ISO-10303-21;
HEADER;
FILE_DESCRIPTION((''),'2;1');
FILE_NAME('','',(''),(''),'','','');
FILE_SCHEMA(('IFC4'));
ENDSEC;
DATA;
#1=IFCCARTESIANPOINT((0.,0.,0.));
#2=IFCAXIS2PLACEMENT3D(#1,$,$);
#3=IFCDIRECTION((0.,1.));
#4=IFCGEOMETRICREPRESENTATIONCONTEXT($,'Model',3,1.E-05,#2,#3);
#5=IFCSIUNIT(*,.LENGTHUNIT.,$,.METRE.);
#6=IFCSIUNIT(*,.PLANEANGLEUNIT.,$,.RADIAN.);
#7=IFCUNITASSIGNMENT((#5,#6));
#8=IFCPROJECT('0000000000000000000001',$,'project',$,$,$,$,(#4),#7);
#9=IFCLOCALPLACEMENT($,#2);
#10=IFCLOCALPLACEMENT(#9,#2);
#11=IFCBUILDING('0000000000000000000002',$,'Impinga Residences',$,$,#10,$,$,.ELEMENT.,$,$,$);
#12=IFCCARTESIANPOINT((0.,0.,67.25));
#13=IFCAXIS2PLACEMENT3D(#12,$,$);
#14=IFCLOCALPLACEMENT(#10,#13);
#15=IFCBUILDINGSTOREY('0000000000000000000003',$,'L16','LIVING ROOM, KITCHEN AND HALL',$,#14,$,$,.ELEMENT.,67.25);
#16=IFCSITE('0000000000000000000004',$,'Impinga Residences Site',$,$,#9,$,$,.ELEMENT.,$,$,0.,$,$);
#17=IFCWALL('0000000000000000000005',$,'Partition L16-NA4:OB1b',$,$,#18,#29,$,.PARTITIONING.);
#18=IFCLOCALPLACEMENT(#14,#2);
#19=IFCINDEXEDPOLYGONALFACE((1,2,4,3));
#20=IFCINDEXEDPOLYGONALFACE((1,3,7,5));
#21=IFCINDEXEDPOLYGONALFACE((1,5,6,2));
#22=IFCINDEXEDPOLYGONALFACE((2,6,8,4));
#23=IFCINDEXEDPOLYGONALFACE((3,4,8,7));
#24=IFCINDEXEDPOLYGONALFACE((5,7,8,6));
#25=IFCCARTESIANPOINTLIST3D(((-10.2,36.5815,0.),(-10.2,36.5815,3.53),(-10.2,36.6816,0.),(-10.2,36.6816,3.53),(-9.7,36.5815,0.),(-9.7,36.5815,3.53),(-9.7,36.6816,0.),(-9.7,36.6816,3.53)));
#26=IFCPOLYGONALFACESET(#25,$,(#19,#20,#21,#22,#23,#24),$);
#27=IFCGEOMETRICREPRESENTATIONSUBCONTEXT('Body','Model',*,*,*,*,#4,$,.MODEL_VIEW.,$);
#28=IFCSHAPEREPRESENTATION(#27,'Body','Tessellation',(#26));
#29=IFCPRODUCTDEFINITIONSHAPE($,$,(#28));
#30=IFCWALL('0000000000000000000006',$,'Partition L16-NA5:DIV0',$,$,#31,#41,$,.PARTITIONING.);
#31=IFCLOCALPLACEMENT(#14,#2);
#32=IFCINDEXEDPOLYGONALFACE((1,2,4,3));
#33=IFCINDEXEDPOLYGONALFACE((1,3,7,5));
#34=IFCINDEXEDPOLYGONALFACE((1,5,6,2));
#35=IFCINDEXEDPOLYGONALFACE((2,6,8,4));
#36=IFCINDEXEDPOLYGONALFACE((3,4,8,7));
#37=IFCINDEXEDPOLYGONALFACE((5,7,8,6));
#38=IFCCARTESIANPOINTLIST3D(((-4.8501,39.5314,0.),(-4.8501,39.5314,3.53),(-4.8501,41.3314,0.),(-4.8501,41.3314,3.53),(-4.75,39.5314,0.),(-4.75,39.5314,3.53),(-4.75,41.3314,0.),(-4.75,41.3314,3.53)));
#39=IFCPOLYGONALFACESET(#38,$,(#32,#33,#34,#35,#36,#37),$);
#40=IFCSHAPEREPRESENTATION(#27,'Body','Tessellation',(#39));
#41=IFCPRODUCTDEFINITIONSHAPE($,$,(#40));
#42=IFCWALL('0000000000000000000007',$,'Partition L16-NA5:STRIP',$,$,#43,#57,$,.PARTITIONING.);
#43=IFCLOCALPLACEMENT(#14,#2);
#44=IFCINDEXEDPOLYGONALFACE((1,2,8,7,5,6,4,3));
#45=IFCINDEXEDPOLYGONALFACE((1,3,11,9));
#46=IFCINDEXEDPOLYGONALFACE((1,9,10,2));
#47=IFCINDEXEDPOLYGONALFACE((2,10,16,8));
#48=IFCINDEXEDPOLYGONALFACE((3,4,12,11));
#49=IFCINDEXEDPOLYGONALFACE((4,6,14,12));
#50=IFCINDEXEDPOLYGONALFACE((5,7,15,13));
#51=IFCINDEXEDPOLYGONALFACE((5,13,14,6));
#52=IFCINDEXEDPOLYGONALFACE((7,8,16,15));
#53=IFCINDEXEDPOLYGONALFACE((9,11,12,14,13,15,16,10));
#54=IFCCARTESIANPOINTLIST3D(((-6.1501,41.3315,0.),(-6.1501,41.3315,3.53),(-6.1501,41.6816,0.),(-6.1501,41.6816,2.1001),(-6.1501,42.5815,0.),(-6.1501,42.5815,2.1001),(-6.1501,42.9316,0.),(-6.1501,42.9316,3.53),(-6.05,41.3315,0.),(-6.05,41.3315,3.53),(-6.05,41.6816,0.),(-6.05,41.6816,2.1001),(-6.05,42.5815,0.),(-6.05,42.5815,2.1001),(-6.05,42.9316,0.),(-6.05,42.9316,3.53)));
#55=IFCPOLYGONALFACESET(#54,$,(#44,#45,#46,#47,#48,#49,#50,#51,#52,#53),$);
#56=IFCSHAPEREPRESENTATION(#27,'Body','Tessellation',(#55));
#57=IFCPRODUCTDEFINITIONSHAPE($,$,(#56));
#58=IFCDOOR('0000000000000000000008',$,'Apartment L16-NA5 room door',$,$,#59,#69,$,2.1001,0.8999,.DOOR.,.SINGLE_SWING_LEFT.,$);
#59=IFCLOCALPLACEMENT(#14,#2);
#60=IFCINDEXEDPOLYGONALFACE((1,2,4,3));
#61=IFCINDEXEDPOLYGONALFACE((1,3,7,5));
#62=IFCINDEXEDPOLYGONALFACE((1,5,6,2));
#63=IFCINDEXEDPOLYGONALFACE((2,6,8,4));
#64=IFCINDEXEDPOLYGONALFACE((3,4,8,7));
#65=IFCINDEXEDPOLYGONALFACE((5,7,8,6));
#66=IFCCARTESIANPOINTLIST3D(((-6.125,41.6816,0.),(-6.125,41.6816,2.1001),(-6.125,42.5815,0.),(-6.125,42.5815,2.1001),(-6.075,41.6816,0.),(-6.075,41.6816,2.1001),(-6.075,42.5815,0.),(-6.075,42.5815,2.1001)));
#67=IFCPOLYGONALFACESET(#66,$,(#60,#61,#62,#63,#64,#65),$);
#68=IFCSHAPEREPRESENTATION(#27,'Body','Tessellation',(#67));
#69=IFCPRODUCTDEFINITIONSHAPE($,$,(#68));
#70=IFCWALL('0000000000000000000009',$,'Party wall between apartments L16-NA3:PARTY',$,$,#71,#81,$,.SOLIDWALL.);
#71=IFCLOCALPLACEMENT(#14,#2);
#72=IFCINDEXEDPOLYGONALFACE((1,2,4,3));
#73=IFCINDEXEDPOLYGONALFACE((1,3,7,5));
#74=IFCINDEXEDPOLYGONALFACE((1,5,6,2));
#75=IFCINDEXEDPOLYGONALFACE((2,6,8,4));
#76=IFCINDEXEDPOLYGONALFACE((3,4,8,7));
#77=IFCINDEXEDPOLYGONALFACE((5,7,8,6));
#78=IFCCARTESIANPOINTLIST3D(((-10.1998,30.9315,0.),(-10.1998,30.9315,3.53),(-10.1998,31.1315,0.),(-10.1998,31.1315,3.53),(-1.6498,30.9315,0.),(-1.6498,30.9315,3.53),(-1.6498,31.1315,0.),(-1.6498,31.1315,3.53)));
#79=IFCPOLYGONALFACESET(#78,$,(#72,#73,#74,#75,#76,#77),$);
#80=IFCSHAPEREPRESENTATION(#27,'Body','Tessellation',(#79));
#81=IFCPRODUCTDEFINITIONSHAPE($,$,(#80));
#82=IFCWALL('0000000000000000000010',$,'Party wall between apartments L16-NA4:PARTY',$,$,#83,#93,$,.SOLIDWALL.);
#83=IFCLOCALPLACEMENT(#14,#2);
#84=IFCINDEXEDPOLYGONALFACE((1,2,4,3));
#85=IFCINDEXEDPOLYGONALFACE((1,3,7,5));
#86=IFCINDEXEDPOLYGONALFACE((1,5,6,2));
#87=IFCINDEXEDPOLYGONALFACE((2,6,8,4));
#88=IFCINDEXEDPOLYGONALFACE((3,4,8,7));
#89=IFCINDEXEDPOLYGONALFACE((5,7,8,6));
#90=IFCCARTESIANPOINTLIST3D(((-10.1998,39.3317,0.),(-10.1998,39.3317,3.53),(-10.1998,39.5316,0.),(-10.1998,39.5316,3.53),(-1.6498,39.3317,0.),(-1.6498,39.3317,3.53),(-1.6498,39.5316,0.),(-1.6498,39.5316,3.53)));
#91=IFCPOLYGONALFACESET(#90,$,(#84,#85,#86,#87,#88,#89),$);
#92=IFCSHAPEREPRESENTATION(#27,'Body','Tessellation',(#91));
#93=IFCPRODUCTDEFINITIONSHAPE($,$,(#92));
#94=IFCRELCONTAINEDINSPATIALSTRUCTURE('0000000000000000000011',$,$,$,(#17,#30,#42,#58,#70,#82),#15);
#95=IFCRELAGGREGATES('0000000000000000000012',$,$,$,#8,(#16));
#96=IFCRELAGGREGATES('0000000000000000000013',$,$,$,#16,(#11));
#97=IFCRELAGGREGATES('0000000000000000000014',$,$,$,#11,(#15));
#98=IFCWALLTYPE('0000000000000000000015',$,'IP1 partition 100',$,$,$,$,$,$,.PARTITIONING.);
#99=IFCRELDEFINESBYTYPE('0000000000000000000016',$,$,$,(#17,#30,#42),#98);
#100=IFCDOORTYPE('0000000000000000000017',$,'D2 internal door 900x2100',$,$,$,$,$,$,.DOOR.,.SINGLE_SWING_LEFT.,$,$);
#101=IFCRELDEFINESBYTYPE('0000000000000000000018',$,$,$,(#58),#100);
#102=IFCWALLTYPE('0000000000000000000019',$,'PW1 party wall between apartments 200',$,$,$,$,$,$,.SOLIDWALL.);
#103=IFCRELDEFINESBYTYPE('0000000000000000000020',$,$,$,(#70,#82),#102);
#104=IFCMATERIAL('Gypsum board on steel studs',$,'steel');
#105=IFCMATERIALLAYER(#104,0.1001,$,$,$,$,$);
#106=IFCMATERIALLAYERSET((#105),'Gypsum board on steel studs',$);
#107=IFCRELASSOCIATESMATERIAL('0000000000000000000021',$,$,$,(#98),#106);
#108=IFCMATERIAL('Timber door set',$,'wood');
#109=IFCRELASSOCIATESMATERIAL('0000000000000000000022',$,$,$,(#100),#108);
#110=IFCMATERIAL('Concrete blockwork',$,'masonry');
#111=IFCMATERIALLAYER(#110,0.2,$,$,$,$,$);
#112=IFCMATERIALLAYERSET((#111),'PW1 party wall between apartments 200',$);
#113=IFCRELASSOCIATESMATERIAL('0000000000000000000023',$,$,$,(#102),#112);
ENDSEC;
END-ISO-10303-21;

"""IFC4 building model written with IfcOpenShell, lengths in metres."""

from ifc_helpers import new_model, si_unit, direction, frame, frame_2d, origin, place, context, subcontext, project, spatial, rectangle, extrude, material, layer, layer_set, type_object, element, fill, save


model = new_model("IFC4")

# Units and contexts
model_context = context("Model", 3, precision=1e-05, world=origin(), true_north=direction((0.0, 1.0)))
body_context = subcontext(model_context, "Body", "Model", "MODEL_VIEW")
ifc_project = project(units=[si_unit("LENGTHUNIT", "METRE"), si_unit("PLANEANGLEUNIT", "RADIAN")], contexts=[model_context])

# Site, building, storey
site_placement = place(None, origin())
site = spatial("IfcSite", under=ifc_project, at=site_placement, Name="Impinga Residences Site", CompositionType="ELEMENT", RefElevation=0.0)
building_placement = place(site_placement, origin())
building = spatial("IfcBuilding", under=site, at=building_placement, Name="Impinga Residences", CompositionType="ELEMENT")
storey_placement = place(building_placement, frame((0.0, 0.0, 67.25)))
storey = spatial("IfcBuildingStorey", under=building, at=storey_placement, Name="L16", Description="LIVING ROOM, KITCHEN AND HALL", CompositionType="ELEMENT", Elevation=67.25)

# Shared definitions
ifc_material_1 = material(Name="Gypsum board on steel studs", Category="steel")
ifc_layer_1 = layer(ifc_material_1, 0.1001)
ifc_layer_set_1 = layer_set([ifc_layer_1], Name="Gypsum board on steel studs")
wall_type_1 = type_object("IfcWallType", Name="IP1 partition 100", PredefinedType="PARTITIONING", material=ifc_layer_set_1)

# Shared definitions
ifc_material_2 = material(Name="Timber door set", Category="wood")
door_type = type_object("IfcDoorType", Name="D2 internal door 900x2100", OperationType="SINGLE_SWING_LEFT", PredefinedType="DOOR", material=ifc_material_2)

# Walls
wall_1_placement = place(storey_placement, frame((-9.7, 36.6316, 0.0), z_axis=(0.0, 0.0, 1.0), x_axis=(-1.0, 0.0, 0.0)))
element("IfcWall", 1, at=wall_1_placement, inside=storey, type_object=wall_type_1, Name="Partition L16-NA4:OB1b", PredefinedType="PARTITIONING", context=body_context, shape_type="SweptSolid", body=[
    extrude(rectangle(XDim=0.5, YDim=0.1001, at=frame_2d((0.25, 0.0))), origin(), (0.0, 0.0, 1.0), 3.53),
])
wall_2_placement = place(storey_placement, frame((-4.8, 39.5315, 0.0), z_axis=(0.0, 0.0, 1.0), x_axis=(0.0, 1.0, 0.0)))
element("IfcWall", 2, at=wall_2_placement, inside=storey, type_object=wall_type_1, Name="Partition L16-NA5:DIV0", PredefinedType="PARTITIONING", context=body_context, shape_type="SweptSolid", body=[
    extrude(rectangle(XDim=1.8, YDim=0.1001, at=frame_2d((0.8999, 0.0))), origin(), (0.0, 0.0, 1.0), 3.53),
])

# Wall, opening, door
wall_3_placement = place(storey_placement, frame((-6.1001, 41.3315, 0.0), z_axis=(0.0, 0.0, 1.0), x_axis=(0.0, 1.0, 0.0)))
wall_3 = element("IfcWall", 3, at=wall_3_placement, inside=storey, type_object=wall_type_1, Name="Partition L16-NA5:STRIP", PredefinedType="PARTITIONING", context=body_context, shape_type="SweptSolid", body=[
    extrude(rectangle(XDim=1.6001, YDim=0.1001, at=frame_2d((0.8, 0.0))), origin(), (0.0, 0.0, 1.0), 3.53),
])
opening_1_placement = place(wall_3_placement, frame((0.3501, 0.0, 0.0)))
opening_1 = element("IfcOpeningElement", 4, at=opening_1_placement, cuts=wall_3, PredefinedType="OPENING", context=body_context, shape_type="SweptSolid", body=[
    extrude(rectangle(XDim=0.8999, YDim=2.1001, at=frame_2d((0.45, 1.05))), frame((0.0, 0.0601, 0.0), z_axis=(0.0, -1.0, 0.0), x_axis=(1.0, 0.0, 0.0)), (0.0, 0.0, 1.0), 0.1201),
])
door_1_placement = place(opening_1_placement, origin())
door_1 = element("IfcDoor", 5, at=door_1_placement, inside=storey, type_object=door_type, Name="Apartment L16-NA5 room door", OperationType="SINGLE_SWING_LEFT", OverallHeight=2.1001, OverallWidth=0.8999, PredefinedType="DOOR", context=body_context, shape_type="SweptSolid", body=[
    extrude(rectangle(XDim=0.8999, YDim=2.1001, at=frame_2d((0.45, 1.05))), frame((0.0, 0.0249, 0.0), z_axis=(0.0, -1.0, 0.0), x_axis=(1.0, 0.0, 0.0)), (0.0, 0.0, 1.0), 0.05),
])
fill(opening_1, door_1)

# Walls
ifc_material_3 = material(Name="Concrete blockwork", Category="masonry")
ifc_layer_2 = layer(ifc_material_3, 0.2)
ifc_layer_set_2 = layer_set([ifc_layer_2], Name="PW1 party wall between apartments 200")
wall_type_2 = type_object("IfcWallType", Name="PW1 party wall between apartments 200", PredefinedType="SOLIDWALL", material=ifc_layer_set_2)
for number, where, z_axis, x_axis, name in (
    (6, (-1.6499, 31.0315, 0.0), (0.0, 0.0, 1.0), (-1.0, 0.0, 0.0), "Party wall between apartments L16-NA3:PARTY"),
    (7, (-1.6499, 39.4316, 0.0), (0.0, 0.0, 1.0), (-1.0, 0.0, 0.0), "Party wall between apartments L16-NA4:PARTY"),
):
    element("IfcWall", number, at=place(storey_placement, frame(where, z_axis=z_axis, x_axis=x_axis)), inside=storey, type_object=wall_type_2, Name=name, PredefinedType="SOLIDWALL", context=body_context, shape_type="SweptSolid", body=[
        extrude(rectangle(XDim=8.55, YDim=0.2, at=frame_2d((4.2749, 0.0))), origin(), (0.0, 0.0, 1.0), 3.53),
    ])

save(model, "model.ifc")
